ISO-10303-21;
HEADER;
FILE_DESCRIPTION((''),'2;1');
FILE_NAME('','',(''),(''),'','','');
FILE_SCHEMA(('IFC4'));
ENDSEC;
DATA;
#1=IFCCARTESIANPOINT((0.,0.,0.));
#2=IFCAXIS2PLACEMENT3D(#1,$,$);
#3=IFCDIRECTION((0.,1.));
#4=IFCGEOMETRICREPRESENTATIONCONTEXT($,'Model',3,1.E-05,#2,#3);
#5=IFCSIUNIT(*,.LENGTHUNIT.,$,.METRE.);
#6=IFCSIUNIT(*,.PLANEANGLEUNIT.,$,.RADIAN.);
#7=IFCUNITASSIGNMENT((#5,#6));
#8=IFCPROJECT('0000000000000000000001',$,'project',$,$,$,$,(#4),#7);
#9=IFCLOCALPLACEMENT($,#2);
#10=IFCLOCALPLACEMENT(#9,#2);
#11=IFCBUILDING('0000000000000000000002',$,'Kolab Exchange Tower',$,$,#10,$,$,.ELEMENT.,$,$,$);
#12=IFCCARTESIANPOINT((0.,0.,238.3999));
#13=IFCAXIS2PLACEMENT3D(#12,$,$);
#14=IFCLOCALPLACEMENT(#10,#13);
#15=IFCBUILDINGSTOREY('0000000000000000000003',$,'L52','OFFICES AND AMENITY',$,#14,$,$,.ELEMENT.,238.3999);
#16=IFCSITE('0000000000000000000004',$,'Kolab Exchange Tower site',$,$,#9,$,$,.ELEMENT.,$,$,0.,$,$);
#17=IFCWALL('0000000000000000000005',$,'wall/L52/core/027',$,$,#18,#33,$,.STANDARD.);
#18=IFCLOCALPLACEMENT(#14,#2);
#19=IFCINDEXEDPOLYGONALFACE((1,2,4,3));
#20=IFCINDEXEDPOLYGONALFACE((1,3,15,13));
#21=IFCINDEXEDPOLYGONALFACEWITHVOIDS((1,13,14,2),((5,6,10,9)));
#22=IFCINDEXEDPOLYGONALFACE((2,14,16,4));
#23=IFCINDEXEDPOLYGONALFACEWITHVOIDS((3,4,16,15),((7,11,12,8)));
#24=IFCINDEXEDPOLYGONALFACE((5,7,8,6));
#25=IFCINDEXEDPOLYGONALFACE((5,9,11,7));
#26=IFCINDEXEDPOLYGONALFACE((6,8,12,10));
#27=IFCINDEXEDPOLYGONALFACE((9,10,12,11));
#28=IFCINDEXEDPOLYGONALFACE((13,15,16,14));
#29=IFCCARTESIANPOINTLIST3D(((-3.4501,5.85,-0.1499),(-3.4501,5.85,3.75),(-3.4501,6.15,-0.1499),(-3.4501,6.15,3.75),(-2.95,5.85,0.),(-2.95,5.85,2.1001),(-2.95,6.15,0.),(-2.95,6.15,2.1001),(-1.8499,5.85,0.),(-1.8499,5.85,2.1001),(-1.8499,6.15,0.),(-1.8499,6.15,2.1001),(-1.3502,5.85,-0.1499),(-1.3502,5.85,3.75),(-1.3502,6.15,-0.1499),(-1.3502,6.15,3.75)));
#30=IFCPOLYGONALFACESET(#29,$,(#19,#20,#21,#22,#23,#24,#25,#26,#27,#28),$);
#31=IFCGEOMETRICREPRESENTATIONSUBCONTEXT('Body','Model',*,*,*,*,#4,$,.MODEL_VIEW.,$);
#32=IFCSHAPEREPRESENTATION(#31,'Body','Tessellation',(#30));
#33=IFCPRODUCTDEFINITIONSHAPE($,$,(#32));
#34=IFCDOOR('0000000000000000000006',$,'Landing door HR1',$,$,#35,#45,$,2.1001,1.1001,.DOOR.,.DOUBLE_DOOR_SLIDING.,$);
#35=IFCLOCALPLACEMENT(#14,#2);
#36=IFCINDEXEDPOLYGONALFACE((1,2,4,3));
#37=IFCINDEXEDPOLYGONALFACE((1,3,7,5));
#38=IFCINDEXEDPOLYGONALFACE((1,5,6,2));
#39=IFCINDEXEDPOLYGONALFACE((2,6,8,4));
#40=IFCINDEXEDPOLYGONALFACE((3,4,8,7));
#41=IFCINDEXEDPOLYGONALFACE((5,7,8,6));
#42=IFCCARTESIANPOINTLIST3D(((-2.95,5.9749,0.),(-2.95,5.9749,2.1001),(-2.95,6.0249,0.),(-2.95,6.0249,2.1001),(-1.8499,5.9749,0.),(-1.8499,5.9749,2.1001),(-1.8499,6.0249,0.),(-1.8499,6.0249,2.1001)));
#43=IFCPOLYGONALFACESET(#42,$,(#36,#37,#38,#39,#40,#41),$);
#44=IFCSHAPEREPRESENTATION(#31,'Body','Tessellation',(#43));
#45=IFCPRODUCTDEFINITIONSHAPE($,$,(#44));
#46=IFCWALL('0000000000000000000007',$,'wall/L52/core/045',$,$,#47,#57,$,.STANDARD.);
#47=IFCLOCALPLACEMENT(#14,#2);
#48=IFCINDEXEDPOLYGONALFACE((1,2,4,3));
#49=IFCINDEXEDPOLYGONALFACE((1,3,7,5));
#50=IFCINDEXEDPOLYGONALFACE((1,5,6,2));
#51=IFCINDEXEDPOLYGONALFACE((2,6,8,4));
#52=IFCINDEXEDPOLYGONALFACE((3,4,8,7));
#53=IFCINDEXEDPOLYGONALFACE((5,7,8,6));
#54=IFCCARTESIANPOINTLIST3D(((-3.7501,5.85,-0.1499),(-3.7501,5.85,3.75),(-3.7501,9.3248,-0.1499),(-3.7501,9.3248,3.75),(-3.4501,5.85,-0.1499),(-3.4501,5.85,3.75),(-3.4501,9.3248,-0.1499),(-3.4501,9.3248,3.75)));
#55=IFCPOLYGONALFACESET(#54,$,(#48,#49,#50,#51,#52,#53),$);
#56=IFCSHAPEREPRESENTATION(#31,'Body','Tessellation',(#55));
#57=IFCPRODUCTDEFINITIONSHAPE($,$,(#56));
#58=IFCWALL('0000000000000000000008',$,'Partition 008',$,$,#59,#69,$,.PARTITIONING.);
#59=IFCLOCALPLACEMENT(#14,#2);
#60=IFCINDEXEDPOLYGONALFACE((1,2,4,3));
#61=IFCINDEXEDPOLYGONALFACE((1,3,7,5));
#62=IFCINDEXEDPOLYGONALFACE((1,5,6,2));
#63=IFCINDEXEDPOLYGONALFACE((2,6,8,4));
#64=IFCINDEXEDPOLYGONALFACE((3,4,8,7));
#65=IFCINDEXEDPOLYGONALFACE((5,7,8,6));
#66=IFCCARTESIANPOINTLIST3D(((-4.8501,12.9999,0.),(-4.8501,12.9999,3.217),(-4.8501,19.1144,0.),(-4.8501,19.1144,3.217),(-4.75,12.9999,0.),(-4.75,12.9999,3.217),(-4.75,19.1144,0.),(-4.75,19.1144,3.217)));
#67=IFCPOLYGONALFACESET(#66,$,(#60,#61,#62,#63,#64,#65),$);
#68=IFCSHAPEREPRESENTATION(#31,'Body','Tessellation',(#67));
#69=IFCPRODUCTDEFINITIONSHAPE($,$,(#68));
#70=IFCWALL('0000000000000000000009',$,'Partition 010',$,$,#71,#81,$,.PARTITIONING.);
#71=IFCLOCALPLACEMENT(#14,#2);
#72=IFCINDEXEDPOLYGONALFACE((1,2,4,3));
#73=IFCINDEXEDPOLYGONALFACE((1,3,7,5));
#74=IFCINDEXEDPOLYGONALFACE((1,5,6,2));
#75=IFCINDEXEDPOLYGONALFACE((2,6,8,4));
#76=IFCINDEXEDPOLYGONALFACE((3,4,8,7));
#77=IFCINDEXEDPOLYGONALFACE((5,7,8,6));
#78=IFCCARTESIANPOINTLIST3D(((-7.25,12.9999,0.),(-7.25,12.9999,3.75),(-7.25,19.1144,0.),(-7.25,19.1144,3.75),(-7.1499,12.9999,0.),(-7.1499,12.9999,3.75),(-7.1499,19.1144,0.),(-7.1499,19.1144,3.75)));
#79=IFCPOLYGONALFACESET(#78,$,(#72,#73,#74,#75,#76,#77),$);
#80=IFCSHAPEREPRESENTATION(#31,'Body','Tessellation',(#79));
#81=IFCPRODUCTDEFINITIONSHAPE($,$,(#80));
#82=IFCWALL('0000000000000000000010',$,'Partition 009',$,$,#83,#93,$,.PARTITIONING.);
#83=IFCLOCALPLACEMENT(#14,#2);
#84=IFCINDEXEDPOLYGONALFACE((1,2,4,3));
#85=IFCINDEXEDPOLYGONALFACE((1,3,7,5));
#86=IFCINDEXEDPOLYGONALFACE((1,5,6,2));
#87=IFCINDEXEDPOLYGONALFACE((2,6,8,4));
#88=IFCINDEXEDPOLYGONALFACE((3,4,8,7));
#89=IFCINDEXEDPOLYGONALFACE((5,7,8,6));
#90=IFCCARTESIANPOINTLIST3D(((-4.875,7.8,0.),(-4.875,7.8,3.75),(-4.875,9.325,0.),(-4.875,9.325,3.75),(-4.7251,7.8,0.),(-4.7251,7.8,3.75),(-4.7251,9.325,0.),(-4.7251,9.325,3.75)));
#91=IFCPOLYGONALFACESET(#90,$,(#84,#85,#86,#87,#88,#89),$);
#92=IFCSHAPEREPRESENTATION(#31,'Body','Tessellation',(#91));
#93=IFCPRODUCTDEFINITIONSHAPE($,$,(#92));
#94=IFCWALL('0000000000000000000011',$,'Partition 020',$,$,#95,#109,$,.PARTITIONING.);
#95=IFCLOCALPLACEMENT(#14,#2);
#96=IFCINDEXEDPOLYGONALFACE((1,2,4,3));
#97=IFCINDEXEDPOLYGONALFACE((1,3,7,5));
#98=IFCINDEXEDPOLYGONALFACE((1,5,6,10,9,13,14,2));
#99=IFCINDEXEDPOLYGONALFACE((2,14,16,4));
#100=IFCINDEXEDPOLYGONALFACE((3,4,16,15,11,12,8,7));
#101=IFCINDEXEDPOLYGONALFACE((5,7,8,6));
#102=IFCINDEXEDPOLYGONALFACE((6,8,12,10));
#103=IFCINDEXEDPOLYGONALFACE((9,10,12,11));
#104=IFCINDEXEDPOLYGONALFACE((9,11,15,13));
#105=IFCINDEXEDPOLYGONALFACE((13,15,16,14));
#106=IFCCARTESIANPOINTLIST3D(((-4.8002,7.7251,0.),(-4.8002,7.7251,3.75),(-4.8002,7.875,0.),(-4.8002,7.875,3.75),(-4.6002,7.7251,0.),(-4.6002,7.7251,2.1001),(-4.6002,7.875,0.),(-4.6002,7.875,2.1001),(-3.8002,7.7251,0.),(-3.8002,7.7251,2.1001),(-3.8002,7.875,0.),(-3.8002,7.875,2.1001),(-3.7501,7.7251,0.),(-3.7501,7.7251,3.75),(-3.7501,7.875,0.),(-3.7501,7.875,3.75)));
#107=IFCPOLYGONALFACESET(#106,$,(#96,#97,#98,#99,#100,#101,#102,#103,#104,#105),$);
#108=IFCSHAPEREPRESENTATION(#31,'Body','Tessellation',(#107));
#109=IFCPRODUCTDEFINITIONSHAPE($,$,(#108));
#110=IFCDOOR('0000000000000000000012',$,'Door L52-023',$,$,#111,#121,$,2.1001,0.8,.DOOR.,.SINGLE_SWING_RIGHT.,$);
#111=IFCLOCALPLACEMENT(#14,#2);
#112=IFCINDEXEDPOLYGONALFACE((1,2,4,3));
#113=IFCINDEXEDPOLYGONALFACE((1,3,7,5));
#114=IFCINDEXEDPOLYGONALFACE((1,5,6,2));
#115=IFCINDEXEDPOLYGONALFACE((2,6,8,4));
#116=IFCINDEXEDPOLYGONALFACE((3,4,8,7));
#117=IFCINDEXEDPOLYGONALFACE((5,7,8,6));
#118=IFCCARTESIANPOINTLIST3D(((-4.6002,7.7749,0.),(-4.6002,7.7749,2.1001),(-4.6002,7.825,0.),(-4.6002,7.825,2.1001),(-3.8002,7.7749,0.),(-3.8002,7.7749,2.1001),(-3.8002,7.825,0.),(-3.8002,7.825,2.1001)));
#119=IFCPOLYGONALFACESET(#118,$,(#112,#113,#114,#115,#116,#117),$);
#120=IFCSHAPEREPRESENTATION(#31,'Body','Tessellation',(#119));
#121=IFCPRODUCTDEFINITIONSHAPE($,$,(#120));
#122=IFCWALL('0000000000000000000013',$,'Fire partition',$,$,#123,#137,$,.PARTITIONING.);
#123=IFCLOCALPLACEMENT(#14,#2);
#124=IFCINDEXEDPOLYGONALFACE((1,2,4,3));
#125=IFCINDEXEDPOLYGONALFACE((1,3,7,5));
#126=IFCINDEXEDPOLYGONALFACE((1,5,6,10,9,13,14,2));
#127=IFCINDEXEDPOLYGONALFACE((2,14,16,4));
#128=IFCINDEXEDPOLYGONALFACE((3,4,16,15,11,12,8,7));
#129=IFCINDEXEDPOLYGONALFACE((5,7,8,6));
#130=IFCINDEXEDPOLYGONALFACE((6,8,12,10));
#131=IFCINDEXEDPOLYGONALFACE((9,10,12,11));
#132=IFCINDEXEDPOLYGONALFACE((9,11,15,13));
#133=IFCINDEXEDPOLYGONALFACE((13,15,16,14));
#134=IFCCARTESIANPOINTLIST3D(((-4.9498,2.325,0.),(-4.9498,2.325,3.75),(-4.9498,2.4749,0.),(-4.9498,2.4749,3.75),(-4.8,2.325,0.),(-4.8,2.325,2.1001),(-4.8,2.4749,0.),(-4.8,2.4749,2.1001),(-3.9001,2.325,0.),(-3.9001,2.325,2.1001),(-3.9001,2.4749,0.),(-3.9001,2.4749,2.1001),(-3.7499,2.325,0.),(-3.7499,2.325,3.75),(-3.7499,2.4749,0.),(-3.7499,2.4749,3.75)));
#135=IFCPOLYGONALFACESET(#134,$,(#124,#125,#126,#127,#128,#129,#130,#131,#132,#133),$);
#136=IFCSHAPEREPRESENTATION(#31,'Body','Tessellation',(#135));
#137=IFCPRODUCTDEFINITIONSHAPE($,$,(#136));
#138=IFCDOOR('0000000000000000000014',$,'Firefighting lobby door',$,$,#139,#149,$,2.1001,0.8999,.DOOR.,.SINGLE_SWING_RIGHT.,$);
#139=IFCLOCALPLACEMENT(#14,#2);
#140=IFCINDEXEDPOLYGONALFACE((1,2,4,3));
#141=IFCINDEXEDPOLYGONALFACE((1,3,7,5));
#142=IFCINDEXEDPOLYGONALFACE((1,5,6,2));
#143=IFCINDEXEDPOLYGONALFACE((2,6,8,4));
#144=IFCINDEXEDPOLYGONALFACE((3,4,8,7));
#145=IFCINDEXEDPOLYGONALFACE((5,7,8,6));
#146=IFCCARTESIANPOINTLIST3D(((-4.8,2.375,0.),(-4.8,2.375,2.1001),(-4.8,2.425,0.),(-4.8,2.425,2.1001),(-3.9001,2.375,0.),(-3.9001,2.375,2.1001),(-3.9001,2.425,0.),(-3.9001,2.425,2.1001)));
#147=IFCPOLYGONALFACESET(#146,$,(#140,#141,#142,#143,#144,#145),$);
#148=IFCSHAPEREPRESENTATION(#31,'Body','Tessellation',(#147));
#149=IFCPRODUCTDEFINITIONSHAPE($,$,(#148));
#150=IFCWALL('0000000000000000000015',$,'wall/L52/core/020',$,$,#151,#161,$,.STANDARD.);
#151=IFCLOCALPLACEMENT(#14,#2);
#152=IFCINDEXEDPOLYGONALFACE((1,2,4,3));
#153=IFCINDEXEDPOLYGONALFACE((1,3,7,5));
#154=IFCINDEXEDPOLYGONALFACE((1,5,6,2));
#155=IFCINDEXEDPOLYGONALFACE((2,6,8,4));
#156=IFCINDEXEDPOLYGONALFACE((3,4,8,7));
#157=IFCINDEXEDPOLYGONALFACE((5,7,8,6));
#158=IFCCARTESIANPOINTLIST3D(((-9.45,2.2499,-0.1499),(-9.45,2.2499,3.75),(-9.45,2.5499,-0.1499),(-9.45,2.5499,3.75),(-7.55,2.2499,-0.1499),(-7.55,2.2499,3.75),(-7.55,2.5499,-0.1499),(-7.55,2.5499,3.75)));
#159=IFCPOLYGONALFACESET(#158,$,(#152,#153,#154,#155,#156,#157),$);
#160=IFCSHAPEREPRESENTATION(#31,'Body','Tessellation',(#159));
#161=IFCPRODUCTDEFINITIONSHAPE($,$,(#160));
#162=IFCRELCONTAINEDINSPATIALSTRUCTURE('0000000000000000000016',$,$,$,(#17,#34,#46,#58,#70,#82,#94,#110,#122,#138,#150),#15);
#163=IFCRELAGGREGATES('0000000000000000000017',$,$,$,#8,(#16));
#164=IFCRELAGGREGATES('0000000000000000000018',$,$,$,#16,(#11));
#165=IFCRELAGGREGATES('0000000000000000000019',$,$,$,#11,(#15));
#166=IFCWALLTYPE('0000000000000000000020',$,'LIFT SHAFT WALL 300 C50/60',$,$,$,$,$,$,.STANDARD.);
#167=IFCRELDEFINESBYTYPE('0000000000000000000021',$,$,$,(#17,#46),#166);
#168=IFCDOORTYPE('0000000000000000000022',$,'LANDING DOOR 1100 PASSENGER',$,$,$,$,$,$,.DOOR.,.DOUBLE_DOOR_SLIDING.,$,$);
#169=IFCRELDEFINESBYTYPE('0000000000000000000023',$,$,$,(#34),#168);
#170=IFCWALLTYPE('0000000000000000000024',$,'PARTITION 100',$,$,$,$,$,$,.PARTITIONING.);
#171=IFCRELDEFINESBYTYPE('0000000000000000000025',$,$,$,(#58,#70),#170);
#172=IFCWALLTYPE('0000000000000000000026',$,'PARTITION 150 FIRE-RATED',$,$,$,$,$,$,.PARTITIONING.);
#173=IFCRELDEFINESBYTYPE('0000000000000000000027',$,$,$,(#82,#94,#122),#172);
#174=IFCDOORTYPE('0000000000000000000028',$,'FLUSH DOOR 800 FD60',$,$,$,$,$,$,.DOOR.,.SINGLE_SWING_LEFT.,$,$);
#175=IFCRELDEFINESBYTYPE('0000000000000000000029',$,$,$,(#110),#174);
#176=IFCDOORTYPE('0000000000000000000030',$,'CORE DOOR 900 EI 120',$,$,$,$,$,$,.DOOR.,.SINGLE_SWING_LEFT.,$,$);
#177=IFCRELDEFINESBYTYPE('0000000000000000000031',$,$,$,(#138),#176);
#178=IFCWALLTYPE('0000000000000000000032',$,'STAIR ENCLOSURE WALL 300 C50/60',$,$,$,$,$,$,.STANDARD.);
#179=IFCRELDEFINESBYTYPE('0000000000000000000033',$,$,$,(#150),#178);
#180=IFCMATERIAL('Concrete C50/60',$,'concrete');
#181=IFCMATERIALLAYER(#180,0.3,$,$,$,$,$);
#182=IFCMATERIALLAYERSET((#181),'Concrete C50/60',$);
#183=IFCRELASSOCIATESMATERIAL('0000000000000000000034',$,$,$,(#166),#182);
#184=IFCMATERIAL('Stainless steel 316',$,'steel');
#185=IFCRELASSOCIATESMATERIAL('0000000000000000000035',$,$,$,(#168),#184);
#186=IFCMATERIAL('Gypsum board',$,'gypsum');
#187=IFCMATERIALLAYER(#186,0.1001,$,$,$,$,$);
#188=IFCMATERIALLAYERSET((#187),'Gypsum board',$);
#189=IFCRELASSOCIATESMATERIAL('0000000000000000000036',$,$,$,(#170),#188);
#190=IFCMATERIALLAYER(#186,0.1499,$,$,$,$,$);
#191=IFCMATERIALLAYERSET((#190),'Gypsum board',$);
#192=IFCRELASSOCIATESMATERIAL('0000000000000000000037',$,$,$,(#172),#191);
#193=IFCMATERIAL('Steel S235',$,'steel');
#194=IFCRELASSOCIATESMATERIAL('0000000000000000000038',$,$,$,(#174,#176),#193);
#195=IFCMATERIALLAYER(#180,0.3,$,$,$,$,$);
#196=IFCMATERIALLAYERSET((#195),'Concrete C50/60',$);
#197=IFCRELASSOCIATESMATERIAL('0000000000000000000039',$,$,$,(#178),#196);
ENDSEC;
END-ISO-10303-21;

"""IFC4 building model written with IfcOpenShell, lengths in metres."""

from ifc_helpers import new_model, si_unit, direction, frame, frame_2d, origin, place, context, subcontext, project, spatial, rectangle, extrude, material, layer, layer_set, type_object, element, fill, save


model = new_model("IFC4")

# Units and contexts
model_context = context("Model", 3, precision=1e-05, world=origin(), true_north=direction((0.0, 1.0)))
body_context = subcontext(model_context, "Body", "Model", "MODEL_VIEW")
ifc_project = project(units=[si_unit("LENGTHUNIT", "METRE"), si_unit("PLANEANGLEUNIT", "RADIAN")], contexts=[model_context])

# Site, building, storey
site_placement = place(None, origin())
site = spatial("IfcSite", under=ifc_project, at=site_placement, Name="Kolab Exchange Tower site", CompositionType="ELEMENT", RefElevation=0.0)
building_placement = place(site_placement, origin())
building = spatial("IfcBuilding", under=site, at=building_placement, Name="Kolab Exchange Tower", CompositionType="ELEMENT")
storey_placement = place(building_placement, frame((0.0, 0.0, 238.3999)))
storey = spatial("IfcBuildingStorey", under=building, at=storey_placement, Name="L52", Description="OFFICES AND AMENITY", CompositionType="ELEMENT", Elevation=238.3999)

# Shared definitions
ifc_material_1 = material(Name="Concrete C50/60", Category="concrete")
ifc_material_2 = material(Name="Steel S235", Category="steel")

# Shared definitions
ifc_layer_1 = layer(ifc_material_1, 0.3)
ifc_layer_set_1 = layer_set([ifc_layer_1], Name="Concrete C50/60")
wall_type_1 = type_object("IfcWallType", Name="LIFT SHAFT WALL 300 C50/60", PredefinedType="STANDARD", material=ifc_layer_set_1)

# Wall, opening, door
ifc_material_3 = material(Name="Stainless steel 316", Category="steel")
door_type_1 = type_object("IfcDoorType", Name="LANDING DOOR 1100 PASSENGER", OperationType="DOUBLE_DOOR_SLIDING", PredefinedType="DOOR", material=ifc_material_3)
wall_1_placement = place(storey_placement, frame((-3.45, 6.0, -0.1499), z_axis=(0.0, 0.0, 1.0), x_axis=(1.0, 0.0, 0.0)))
wall_1 = element("IfcWall", 1, at=wall_1_placement, inside=storey, type_object=wall_type_1, Name="wall/L52/core/027", PredefinedType="STANDARD", context=body_context, shape_type="SweptSolid", body=[
    extrude(rectangle(XDim=2.0999, YDim=0.3, at=frame_2d((1.0498, 0.0))), origin(), (0.0, 0.0, 1.0), 3.8999),
])
opening_1_placement = place(wall_1_placement, frame((0.5, 0.0, 0.1499)))
opening_1 = element("IfcOpeningElement", 2, at=opening_1_placement, cuts=wall_1, PredefinedType="OPENING", context=body_context, shape_type="SweptSolid", body=[
    extrude(rectangle(XDim=1.1001, YDim=2.1001, at=frame_2d((0.55, 1.05))), frame((0.0, 0.1602, 0.0), z_axis=(0.0, -1.0, 0.0), x_axis=(1.0, 0.0, 0.0)), (0.0, 0.0, 1.0), 0.3201),
])
door_1_placement = place(opening_1_placement, origin())
door_1 = element("IfcDoor", 3, at=door_1_placement, inside=storey, type_object=door_type_1, Name="Landing door HR1", OperationType="DOUBLE_DOOR_SLIDING", OverallHeight=2.1001, OverallWidth=1.1001, PredefinedType="DOOR", context=body_context, shape_type="SweptSolid", body=[
    extrude(rectangle(XDim=1.1001, YDim=2.1001, at=frame_2d((0.55, 1.05))), frame((0.0, 0.0249, 0.0), z_axis=(0.0, -1.0, 0.0), x_axis=(1.0, 0.0, 0.0)), (0.0, 0.0, 1.0), 0.05),
])
fill(opening_1, door_1)

# Walls
wall_2_placement = place(storey_placement, frame((-3.6001, 5.8501, -0.1499), z_axis=(0.0, 0.0, 1.0), x_axis=(0.0, 1.0, 0.0)))
element("IfcWall", 4, at=wall_2_placement, inside=storey, type_object=wall_type_1, Name="wall/L52/core/045", PredefinedType="STANDARD", context=body_context, shape_type="SweptSolid", body=[
    extrude(rectangle(XDim=3.4749, YDim=0.3, at=frame_2d((1.7373, 0.0))), origin(), (0.0, 0.0, 1.0), 3.8999),
])
ifc_material_4 = material(Name="Gypsum board", Category="gypsum")
ifc_layer_2 = layer(ifc_material_4, 0.1001)
ifc_layer_set_2 = layer_set([ifc_layer_2], Name="Gypsum board")
wall_type_2 = type_object("IfcWallType", Name="PARTITION 100", PredefinedType="PARTITIONING", material=ifc_layer_set_2)
wall_3_placement = place(storey_placement, frame((-4.8, 13.0, 0.0), z_axis=(0.0, 0.0, 1.0), x_axis=(0.0, 1.0, 0.0)))
element("IfcWall", 5, at=wall_3_placement, inside=storey, type_object=wall_type_2, Name="Partition 008", PredefinedType="PARTITIONING", context=body_context, shape_type="SweptSolid", body=[
    extrude(rectangle(XDim=6.1145, YDim=0.1001, at=frame_2d((3.0571, 0.0))), origin(), (0.0, 0.0, 1.0), 3.217),
])
wall_4_placement = place(storey_placement, frame((-7.2, 13.0, 0.0), z_axis=(0.0, 0.0, 1.0), x_axis=(0.0, 1.0, 0.0)))
element("IfcWall", 6, at=wall_4_placement, inside=storey, type_object=wall_type_2, Name="Partition 010", PredefinedType="PARTITIONING", context=body_context, shape_type="SweptSolid", body=[
    extrude(rectangle(XDim=6.1145, YDim=0.1001, at=frame_2d((3.0571, 0.0))), origin(), (0.0, 0.0, 1.0), 3.75),
])
ifc_layer_3 = layer(ifc_material_4, 0.1499)
ifc_layer_set_3 = layer_set([ifc_layer_3], Name="Gypsum board")
wall_type_3 = type_object("IfcWallType", Name="PARTITION 150 FIRE-RATED", PredefinedType="PARTITIONING", material=ifc_layer_set_3)
wall_5_placement = place(storey_placement, frame((-4.8, 7.8, 0.0), z_axis=(0.0, 0.0, 1.0), x_axis=(0.0, 1.0, 0.0)))
element("IfcWall", 7, at=wall_5_placement, inside=storey, type_object=wall_type_3, Name="Partition 009", PredefinedType="PARTITIONING", context=body_context, shape_type="SweptSolid", body=[
    extrude(rectangle(XDim=1.5249, YDim=0.1499, at=frame_2d((0.7625, 0.0))), origin(), (0.0, 0.0, 1.0), 3.75),
])

# Walls, openings, doors
wall_6_placement = place(storey_placement, frame((-4.8, 7.8, 0.0), z_axis=(0.0, 0.0, 1.0), x_axis=(1.0, 0.0, 0.0)))
wall_6 = element("IfcWall", 8, at=wall_6_placement, inside=storey, type_object=wall_type_3, Name="Partition 020", PredefinedType="PARTITIONING", context=body_context, shape_type="SweptSolid", body=[
    extrude(rectangle(XDim=1.05, YDim=0.1499, at=frame_2d((0.5249, 0.0))), origin(), (0.0, 0.0, 1.0), 3.75),
])
opening_2_placement = place(wall_6_placement, frame((0.2, 0.0, 0.0)))
opening_2 = element("IfcOpeningElement", 9, at=opening_2_placement, cuts=wall_6, PredefinedType="OPENING", context=body_context, shape_type="SweptSolid", body=[
    extrude(rectangle(XDim=0.8, YDim=2.1001, at=frame_2d((0.3999, 1.05))), frame((0.0, 0.085, 0.0), z_axis=(0.0, -1.0, 0.0), x_axis=(1.0, 0.0, 0.0)), (0.0, 0.0, 1.0), 0.1699),
])
door_type_2 = type_object("IfcDoorType", Name="FLUSH DOOR 800 FD60", OperationType="SINGLE_SWING_LEFT", PredefinedType="DOOR", material=ifc_material_2)
door_2_placement = place(opening_2_placement, origin())
door_2 = element("IfcDoor", 10, at=door_2_placement, inside=storey, type_object=door_type_2, Name="Door L52-023", OperationType="SINGLE_SWING_RIGHT", OverallHeight=2.1001, OverallWidth=0.8, PredefinedType="DOOR", context=body_context, shape_type="SweptSolid", body=[
    extrude(rectangle(XDim=0.8, YDim=2.1001, at=frame_2d((0.3999, 1.05))), frame((0.0, 0.0249, 0.0), z_axis=(0.0, -1.0, 0.0), x_axis=(1.0, 0.0, 0.0)), (0.0, 0.0, 1.0), 0.05),
])
fill(opening_2, door_2)
wall_7_placement = place(storey_placement, frame((-4.95, 2.3999, 0.0), z_axis=(0.0, 0.0, 1.0), x_axis=(1.0, 0.0, 0.0)))
wall_7 = element("IfcWall", 11, at=wall_7_placement, inside=storey, type_object=wall_type_3, Name="Fire partition", PredefinedType="PARTITIONING", context=body_context, shape_type="SweptSolid", body=[
    extrude(rectangle(XDim=1.2, YDim=0.1499, at=frame_2d((0.6001, 0.0))), origin(), (0.0, 0.0, 1.0), 3.75),
])
opening_3_placement = place(wall_7_placement, frame((0.1499, 0.0, 0.0)))
opening_3 = element("IfcOpeningElement", 12, at=opening_3_placement, cuts=wall_7, PredefinedType="OPENING", context=body_context, shape_type="SweptSolid", body=[
    extrude(rectangle(XDim=0.8999, YDim=2.1001, at=frame_2d((0.45, 1.05))), frame((0.0, 0.085, 0.0), z_axis=(0.0, -1.0, 0.0), x_axis=(1.0, 0.0, 0.0)), (0.0, 0.0, 1.0), 0.1699),
])
door_type_3 = type_object("IfcDoorType", Name="CORE DOOR 900 EI 120", OperationType="SINGLE_SWING_LEFT", PredefinedType="DOOR", material=ifc_material_2)
door_3_placement = place(opening_3_placement, frame((0.8999, 0.0, 0.0), z_axis=(0.0, 0.0, 1.0), x_axis=(-1.0, 0.0, 0.0)))
door_3 = element("IfcDoor", 13, at=door_3_placement, inside=storey, type_object=door_type_3, Name="Firefighting lobby door", OperationType="SINGLE_SWING_RIGHT", OverallHeight=2.1001, OverallWidth=0.8999, PredefinedType="DOOR", context=body_context, shape_type="SweptSolid", body=[
    extrude(rectangle(XDim=0.8999, YDim=2.1001, at=frame_2d((0.45, 1.05))), frame((0.0, 0.0249, 0.0), z_axis=(0.0, -1.0, 0.0), x_axis=(1.0, 0.0, 0.0)), (0.0, 0.0, 1.0), 0.05),
])
fill(opening_3, door_3)

# Wall
ifc_layer_4 = layer(ifc_material_1, 0.3)
ifc_layer_set_4 = layer_set([ifc_layer_4], Name="Concrete C50/60")
wall_type_4 = type_object("IfcWallType", Name="STAIR ENCLOSURE WALL 300 C50/60", PredefinedType="STANDARD", material=ifc_layer_set_4)
wall_8_placement = place(storey_placement, frame((-9.45, 2.3999, -0.1499), z_axis=(0.0, 0.0, 1.0), x_axis=(1.0, 0.0, 0.0)))
element("IfcWall", 14, at=wall_8_placement, inside=storey, type_object=wall_type_4, Name="wall/L52/core/020", PredefinedType="STANDARD", context=body_context, shape_type="SweptSolid", body=[
    extrude(rectangle(XDim=1.8999, YDim=0.3, at=frame_2d((0.95, 0.0))), origin(), (0.0, 0.0, 1.0), 3.8999),
])

save(model, "model.ifc")
